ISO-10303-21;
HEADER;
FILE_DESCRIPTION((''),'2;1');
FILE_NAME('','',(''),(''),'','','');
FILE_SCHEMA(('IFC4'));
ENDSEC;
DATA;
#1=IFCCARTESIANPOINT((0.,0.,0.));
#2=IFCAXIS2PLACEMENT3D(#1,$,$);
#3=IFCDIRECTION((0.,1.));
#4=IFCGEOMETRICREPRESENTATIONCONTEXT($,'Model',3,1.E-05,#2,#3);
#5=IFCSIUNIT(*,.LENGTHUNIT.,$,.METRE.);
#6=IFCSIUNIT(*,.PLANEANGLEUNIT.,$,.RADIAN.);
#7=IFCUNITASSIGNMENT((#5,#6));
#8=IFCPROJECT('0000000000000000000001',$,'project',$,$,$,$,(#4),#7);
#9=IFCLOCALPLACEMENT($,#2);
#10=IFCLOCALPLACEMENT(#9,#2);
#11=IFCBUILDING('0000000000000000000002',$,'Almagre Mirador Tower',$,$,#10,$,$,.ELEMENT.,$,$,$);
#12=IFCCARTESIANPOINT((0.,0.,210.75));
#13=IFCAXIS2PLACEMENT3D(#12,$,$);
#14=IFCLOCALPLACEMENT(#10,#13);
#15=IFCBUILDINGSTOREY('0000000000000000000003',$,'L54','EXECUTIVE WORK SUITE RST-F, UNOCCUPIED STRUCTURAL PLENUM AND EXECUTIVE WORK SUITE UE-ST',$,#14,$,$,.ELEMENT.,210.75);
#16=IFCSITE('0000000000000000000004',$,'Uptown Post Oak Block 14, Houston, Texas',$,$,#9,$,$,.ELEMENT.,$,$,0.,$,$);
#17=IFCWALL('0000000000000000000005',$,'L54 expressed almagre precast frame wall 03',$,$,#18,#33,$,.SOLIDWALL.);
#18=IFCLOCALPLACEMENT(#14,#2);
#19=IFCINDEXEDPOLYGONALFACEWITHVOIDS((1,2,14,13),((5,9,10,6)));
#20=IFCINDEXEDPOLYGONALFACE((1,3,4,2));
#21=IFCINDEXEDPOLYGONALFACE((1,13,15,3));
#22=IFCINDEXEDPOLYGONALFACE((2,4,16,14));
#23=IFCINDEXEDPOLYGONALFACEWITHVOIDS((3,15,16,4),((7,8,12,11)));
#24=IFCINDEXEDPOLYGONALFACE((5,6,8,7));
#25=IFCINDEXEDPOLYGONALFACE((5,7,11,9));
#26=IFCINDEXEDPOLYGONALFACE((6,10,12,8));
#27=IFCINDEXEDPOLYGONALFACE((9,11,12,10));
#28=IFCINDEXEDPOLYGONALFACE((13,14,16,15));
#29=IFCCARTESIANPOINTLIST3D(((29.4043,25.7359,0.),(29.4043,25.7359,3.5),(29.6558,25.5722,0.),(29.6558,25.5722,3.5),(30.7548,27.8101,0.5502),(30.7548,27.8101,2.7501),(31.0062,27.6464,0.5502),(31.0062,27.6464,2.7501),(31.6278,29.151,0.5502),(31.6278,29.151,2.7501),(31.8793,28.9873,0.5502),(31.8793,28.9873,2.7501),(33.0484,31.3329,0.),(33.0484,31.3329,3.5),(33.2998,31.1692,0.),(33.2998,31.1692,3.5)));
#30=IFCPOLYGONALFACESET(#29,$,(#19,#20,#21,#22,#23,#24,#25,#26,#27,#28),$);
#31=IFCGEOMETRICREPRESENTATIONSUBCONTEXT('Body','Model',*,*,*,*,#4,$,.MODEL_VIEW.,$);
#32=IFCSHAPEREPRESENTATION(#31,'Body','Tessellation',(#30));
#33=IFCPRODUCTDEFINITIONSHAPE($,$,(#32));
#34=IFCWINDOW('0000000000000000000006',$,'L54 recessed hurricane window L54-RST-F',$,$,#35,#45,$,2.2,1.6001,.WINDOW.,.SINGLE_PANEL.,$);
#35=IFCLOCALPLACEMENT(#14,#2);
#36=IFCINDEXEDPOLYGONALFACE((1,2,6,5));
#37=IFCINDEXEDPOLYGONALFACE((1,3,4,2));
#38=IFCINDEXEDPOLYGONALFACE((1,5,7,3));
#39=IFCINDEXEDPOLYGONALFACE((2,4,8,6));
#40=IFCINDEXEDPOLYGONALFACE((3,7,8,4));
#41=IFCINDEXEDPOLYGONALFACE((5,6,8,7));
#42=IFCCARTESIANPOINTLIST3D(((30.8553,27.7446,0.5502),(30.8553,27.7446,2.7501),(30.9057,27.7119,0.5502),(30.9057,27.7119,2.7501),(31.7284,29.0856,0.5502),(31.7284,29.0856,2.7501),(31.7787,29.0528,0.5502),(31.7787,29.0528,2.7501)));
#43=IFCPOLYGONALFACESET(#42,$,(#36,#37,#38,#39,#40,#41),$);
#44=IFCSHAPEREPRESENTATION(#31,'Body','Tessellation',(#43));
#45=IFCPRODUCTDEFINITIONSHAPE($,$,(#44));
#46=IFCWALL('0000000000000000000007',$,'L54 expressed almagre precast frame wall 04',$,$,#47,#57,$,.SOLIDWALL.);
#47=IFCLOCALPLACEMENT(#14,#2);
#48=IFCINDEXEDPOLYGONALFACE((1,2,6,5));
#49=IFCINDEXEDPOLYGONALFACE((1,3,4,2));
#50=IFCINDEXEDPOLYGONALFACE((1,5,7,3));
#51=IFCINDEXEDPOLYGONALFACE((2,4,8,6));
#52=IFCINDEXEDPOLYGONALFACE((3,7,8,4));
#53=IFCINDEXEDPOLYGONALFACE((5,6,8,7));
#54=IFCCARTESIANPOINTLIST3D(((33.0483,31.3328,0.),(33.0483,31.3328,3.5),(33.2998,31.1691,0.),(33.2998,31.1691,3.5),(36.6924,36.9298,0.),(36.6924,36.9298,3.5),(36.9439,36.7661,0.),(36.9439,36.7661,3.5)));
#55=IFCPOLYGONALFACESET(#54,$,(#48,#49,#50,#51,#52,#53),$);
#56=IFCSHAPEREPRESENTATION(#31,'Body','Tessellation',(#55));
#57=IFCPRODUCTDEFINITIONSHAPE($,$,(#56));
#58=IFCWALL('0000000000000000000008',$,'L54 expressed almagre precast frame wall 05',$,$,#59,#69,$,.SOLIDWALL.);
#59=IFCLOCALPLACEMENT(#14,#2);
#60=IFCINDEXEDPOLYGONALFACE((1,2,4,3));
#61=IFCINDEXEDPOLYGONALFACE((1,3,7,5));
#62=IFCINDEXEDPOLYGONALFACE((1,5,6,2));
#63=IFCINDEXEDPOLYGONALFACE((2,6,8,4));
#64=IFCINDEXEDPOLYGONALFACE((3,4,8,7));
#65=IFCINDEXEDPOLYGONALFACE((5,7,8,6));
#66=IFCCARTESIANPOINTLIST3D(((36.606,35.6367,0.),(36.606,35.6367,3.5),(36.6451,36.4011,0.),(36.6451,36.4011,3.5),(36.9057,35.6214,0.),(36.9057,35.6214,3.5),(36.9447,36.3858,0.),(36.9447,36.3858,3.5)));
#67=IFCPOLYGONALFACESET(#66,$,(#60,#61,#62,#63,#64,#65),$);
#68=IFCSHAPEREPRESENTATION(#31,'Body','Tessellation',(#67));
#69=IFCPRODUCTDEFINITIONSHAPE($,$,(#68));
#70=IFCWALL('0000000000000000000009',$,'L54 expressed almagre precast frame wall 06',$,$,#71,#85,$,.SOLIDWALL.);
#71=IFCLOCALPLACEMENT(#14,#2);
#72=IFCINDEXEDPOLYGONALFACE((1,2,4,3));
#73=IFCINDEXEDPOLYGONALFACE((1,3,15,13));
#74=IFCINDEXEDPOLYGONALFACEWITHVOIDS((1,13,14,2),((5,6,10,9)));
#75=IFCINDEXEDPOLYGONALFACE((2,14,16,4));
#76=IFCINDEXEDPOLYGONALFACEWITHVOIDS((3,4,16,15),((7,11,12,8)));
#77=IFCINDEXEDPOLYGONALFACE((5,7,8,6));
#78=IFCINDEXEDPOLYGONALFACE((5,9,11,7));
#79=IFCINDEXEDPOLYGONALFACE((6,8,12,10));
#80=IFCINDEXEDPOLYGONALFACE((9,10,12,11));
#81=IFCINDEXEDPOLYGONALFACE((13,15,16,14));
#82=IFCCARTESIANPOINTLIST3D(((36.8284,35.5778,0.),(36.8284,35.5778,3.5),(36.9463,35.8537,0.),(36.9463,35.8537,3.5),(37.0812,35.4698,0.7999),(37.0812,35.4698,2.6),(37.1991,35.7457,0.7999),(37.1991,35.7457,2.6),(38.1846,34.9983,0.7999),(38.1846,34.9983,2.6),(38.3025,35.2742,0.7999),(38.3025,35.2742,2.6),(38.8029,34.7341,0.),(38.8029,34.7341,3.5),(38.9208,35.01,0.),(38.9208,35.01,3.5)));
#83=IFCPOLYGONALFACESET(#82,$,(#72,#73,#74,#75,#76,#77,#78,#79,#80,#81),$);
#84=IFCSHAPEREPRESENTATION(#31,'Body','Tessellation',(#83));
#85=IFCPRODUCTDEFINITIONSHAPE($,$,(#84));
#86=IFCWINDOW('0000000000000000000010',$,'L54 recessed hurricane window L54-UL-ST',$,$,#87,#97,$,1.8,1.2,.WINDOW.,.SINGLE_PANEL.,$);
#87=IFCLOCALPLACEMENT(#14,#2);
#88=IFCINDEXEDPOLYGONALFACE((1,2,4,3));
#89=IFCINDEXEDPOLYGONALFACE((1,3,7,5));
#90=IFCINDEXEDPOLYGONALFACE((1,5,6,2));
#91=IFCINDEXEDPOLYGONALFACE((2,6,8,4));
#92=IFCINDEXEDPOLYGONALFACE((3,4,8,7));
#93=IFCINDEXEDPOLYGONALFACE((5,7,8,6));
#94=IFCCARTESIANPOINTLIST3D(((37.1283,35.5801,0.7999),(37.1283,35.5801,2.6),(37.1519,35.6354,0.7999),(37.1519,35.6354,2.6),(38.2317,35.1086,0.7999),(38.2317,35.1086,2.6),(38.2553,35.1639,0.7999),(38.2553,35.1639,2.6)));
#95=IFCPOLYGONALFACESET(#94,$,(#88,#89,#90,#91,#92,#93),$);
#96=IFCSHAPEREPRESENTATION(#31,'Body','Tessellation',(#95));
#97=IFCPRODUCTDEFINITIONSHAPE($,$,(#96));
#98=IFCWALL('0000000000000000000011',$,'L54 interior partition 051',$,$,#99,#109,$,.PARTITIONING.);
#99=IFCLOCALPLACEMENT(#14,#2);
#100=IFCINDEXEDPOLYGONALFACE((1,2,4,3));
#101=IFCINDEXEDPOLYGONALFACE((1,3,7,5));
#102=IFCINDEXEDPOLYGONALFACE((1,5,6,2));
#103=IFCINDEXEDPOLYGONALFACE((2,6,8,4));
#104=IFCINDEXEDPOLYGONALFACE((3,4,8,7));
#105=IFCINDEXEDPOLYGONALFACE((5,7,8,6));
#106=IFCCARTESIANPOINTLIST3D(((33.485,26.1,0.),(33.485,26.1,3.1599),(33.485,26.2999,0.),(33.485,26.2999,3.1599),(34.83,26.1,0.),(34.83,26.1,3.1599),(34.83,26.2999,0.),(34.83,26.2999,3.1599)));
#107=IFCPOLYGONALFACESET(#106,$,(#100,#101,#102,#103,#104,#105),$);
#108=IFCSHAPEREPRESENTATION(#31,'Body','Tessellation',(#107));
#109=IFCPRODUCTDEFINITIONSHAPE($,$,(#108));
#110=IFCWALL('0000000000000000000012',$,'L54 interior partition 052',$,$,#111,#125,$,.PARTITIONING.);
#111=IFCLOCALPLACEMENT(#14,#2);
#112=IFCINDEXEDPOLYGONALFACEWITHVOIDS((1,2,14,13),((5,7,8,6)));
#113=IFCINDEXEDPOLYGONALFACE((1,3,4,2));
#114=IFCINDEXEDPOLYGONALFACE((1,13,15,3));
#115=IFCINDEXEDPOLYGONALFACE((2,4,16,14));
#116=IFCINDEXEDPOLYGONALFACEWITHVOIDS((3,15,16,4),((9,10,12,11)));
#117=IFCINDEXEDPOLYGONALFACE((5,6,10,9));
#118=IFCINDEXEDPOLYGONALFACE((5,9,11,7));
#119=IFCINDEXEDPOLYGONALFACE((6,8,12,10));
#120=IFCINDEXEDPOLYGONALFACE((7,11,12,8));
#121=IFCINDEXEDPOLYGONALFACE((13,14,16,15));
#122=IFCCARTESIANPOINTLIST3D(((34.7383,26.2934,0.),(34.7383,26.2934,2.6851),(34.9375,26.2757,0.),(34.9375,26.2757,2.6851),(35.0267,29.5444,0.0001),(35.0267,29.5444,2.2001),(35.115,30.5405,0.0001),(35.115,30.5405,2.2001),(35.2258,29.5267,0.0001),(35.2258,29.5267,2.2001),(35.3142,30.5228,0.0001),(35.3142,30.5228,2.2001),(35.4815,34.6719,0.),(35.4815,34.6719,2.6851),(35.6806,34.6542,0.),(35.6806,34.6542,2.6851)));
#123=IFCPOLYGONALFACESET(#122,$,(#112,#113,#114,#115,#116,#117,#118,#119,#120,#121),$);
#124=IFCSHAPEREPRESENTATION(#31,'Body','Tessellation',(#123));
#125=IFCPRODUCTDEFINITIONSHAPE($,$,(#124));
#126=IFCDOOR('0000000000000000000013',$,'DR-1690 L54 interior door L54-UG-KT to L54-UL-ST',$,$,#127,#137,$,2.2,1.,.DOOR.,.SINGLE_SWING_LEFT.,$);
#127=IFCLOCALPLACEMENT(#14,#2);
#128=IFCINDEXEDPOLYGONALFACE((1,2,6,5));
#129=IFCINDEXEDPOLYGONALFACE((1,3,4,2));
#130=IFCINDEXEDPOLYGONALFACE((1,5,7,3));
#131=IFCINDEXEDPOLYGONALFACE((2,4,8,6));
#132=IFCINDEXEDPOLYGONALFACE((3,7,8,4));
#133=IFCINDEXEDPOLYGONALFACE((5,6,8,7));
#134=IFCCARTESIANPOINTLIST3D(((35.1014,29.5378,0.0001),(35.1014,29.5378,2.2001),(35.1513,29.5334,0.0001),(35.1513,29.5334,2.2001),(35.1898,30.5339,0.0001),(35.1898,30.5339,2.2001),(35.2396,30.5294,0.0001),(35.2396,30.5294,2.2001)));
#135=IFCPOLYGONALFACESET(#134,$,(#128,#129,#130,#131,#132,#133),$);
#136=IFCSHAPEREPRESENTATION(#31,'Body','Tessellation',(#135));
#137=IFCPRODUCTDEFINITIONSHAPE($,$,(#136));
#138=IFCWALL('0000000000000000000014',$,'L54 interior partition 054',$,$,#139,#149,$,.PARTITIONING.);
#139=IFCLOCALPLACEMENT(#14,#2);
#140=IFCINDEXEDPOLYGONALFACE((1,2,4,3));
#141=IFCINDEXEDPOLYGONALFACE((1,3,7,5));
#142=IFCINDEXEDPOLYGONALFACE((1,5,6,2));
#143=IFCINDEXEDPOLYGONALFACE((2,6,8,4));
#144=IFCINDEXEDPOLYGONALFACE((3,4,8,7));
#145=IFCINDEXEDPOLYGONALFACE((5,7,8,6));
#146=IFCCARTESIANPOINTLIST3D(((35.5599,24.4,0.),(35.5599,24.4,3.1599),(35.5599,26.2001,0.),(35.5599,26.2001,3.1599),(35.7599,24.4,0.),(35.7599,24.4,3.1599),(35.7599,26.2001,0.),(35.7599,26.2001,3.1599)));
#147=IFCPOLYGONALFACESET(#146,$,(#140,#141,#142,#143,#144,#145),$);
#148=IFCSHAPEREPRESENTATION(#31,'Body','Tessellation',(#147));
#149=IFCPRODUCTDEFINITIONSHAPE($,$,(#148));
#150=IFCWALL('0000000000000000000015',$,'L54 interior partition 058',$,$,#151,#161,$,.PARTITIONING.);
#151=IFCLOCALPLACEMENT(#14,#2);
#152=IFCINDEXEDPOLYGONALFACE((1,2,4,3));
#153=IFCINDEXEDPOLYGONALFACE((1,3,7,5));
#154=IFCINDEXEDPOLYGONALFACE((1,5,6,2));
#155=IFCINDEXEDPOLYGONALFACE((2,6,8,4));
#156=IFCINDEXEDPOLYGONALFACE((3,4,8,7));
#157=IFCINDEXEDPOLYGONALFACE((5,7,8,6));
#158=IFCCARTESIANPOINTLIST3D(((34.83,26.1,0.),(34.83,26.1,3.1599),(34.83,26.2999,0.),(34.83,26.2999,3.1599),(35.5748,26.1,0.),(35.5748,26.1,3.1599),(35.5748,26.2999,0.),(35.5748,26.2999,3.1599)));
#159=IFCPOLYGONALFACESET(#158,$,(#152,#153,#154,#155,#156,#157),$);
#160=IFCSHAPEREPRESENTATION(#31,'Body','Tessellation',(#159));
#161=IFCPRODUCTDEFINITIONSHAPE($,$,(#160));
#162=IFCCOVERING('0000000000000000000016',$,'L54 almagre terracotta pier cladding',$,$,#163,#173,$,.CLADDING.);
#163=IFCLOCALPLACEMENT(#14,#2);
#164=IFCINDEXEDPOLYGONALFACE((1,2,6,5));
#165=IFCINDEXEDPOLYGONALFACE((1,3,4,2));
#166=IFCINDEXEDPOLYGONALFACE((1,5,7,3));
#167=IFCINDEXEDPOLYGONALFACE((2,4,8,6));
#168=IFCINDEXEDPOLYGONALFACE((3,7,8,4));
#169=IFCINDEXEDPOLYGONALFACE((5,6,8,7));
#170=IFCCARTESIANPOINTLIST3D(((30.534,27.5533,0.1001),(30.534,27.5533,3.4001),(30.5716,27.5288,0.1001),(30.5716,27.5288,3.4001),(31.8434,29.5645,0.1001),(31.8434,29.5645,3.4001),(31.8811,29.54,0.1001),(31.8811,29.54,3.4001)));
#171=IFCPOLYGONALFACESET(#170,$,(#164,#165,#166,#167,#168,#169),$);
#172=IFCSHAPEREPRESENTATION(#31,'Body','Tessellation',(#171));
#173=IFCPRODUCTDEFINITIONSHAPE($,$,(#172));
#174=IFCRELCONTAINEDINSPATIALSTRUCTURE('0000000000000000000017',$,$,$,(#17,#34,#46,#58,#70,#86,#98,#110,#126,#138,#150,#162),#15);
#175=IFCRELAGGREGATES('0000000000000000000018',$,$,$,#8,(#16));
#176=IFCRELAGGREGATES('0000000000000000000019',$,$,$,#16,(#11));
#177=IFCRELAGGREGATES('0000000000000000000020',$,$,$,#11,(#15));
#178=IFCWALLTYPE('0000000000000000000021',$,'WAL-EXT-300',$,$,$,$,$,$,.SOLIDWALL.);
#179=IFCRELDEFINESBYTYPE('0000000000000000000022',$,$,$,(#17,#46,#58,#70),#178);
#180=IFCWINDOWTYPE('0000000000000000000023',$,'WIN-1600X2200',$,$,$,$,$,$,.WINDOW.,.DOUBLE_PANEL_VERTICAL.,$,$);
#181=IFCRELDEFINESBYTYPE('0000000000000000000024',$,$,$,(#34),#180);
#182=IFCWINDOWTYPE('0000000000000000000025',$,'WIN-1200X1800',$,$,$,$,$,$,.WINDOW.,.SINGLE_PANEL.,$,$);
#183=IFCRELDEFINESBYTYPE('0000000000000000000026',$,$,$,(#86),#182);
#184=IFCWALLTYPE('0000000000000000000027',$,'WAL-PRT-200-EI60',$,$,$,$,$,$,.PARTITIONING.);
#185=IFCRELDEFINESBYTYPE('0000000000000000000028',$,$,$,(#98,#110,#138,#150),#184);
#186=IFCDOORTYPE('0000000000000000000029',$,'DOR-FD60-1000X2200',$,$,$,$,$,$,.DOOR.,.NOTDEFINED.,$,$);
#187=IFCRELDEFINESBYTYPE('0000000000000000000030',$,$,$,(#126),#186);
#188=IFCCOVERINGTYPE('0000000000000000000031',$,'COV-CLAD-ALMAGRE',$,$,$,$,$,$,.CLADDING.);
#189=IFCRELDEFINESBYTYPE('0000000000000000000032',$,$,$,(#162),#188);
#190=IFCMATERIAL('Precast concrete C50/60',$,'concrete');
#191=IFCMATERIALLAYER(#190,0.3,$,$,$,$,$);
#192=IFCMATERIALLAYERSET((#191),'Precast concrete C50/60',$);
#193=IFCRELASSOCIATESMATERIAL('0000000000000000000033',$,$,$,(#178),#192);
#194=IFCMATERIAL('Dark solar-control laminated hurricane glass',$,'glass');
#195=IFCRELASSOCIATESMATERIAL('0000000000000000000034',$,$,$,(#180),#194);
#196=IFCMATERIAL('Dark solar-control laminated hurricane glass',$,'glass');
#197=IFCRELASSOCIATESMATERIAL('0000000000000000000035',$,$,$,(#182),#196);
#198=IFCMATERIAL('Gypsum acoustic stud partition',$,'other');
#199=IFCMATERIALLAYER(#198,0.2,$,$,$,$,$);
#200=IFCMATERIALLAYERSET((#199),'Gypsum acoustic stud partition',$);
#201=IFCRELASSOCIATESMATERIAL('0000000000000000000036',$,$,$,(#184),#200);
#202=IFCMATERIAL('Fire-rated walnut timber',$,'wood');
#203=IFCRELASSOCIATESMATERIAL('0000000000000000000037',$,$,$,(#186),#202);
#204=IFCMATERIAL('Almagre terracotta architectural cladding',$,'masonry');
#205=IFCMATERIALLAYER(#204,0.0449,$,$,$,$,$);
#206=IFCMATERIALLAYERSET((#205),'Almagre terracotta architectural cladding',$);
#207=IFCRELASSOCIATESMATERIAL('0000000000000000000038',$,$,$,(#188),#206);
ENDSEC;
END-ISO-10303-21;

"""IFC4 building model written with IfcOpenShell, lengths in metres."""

from ifc_helpers import new_model, si_unit, direction, frame, frame_2d, origin, origin_2d, place, context, subcontext, project, spatial, rectangle, extrude, material, layer, layer_set, type_object, element, fill, save


model = new_model("IFC4")

# Units and contexts
model_context = context("Model", 3, precision=1e-05, world=origin(), true_north=direction((0.0, 1.0)))
body_context = subcontext(model_context, "Body", "Model", "MODEL_VIEW")
ifc_project = project(units=[si_unit("LENGTHUNIT", "METRE"), si_unit("PLANEANGLEUNIT", "RADIAN")], contexts=[model_context])

# Site, building, storey
site_placement = place(None, origin())
site = spatial("IfcSite", under=ifc_project, at=site_placement, Name="Uptown Post Oak Block 14, Houston, Texas", CompositionType="ELEMENT", RefElevation=0.0)
building_placement = place(site_placement, origin())
building = spatial("IfcBuilding", under=site, at=building_placement, Name="Almagre Mirador Tower", CompositionType="ELEMENT")
storey_placement = place(building_placement, frame((0.0, 0.0, 210.75)))
storey = spatial("IfcBuildingStorey", under=building, at=storey_placement, Name="L54", Description="EXECUTIVE WORK SUITE RST-F, UNOCCUPIED STRUCTURAL PLENUM AND EXECUTIVE WORK SUITE UE-ST", CompositionType="ELEMENT", Elevation=210.75)

# Wall, opening, window
ifc_material_1 = material(Name="Precast concrete C50/60", Category="concrete")
ifc_layer_1 = layer(ifc_material_1, 0.3)
ifc_layer_set_1 = layer_set([ifc_layer_1], Name="Precast concrete C50/60")
wall_type_1 = type_object("IfcWallType", Name="WAL-EXT-300", PredefinedType="SOLIDWALL", material=ifc_layer_set_1)
wall_1_placement = place(storey_placement, frame((29.53, 25.6541, 0.0), z_axis=(0.0, 0.0, 1.0), x_axis=(0.545624, 0.83803, 0.0)))
wall_1 = element("IfcWall", 1, at=wall_1_placement, inside=storey, type_object=wall_type_1, Name="L54 expressed almagre precast frame wall 03", PredefinedType="SOLIDWALL", context=body_context, shape_type="SweptSolid", body=[
    extrude(rectangle(XDim=6.6787, YDim=0.3, at=frame_2d((3.3394, 0.0))), origin(), (0.0, 0.0, 1.0), 3.5),
])
opening_1_placement = place(wall_1_placement, frame((2.4751, 0.0, 0.55)))
opening_1 = element("IfcOpeningElement", 2, at=opening_1_placement, cuts=wall_1, PredefinedType="OPENING", context=body_context, shape_type="SweptSolid", body=[
    extrude(rectangle(XDim=1.6001, YDim=2.2, at=frame_2d((0.8, 1.1001))), frame((0.0, 0.1599, 0.0), z_axis=(0.0, -1.0, 0.0), x_axis=(1.0, 0.0, 0.0)), (0.0, 0.0, 1.0), 0.32),
])
ifc_material_2 = material(Name="Dark solar-control laminated hurricane glass", Category="glass")
window_type_1 = type_object("IfcWindowType", Name="WIN-1600X2200", PartitioningType="DOUBLE_PANEL_VERTICAL", PredefinedType="WINDOW", material=ifc_material_2)
window_1_placement = place(opening_1_placement, origin())
window_1 = element("IfcWindow", 3, at=window_1_placement, inside=storey, type_object=window_type_1, Name="L54 recessed hurricane window L54-RST-F", OverallHeight=2.2, OverallWidth=1.6001, PartitioningType="SINGLE_PANEL", PredefinedType="WINDOW", context=body_context, shape_type="SweptSolid", body=[
    extrude(rectangle(XDim=1.6001, YDim=2.2, at=frame_2d((0.8, 1.1001))), frame((0.0, 0.03, 0.0), z_axis=(0.0, -1.0, 0.0), x_axis=(1.0, 0.0, 0.0)), (0.0, 0.0, 1.0), 0.0601),
])
fill(opening_1, window_1)

# Walls
wall_2_placement = place(storey_placement, frame((33.1741, 31.251, 0.0), z_axis=(0.0, 0.0, 1.0), x_axis=(0.545624, 0.83803, 0.0)))
element("IfcWall", 4, at=wall_2_placement, inside=storey, type_object=wall_type_1, Name="L54 expressed almagre precast frame wall 04", PredefinedType="SOLIDWALL", context=body_context, shape_type="SweptSolid", body=[
    extrude(rectangle(XDim=6.6787, YDim=0.3, at=frame_2d((3.3394, 0.0))), origin(), (0.0, 0.0, 1.0), 3.5),
])
wall_3_placement = place(storey_placement, frame((36.7949, 36.3936, 0.0), z_axis=(0.0, 0.0, 1.0), x_axis=(-0.051035, -0.998697, 0.0)))
element("IfcWall", 5, at=wall_3_placement, inside=storey, type_object=wall_type_1, Name="L54 expressed almagre precast frame wall 05", PredefinedType="SOLIDWALL", context=body_context, shape_type="SweptSolid", body=[
    extrude(rectangle(XDim=0.7654, YDim=0.3, at=frame_2d((0.3828, 0.0))), origin(), (0.0, 0.0, 1.0), 3.5),
])

# Wall, opening, window
wall_4_placement = place(storey_placement, frame((36.8872, 35.7158, 0.0), z_axis=(0.0, 0.0, 1.0), x_axis=(0.919568, -0.392931, 0.0)))
wall_4 = element("IfcWall", 6, at=wall_4_placement, inside=storey, type_object=wall_type_1, Name="L54 expressed almagre precast frame wall 06", PredefinedType="SOLIDWALL", context=body_context, shape_type="SweptSolid", body=[
    extrude(rectangle(XDim=2.1472, YDim=0.3, at=frame_2d((1.0737, 0.0))), origin(), (0.0, 0.0, 1.0), 3.5),
])
opening_2_placement = place(wall_4_placement, frame((0.2749, 0.0, 0.8)))
opening_2 = element("IfcOpeningElement", 7, at=opening_2_placement, cuts=wall_4, PredefinedType="OPENING", context=body_context, shape_type="SweptSolid", body=[
    extrude(rectangle(XDim=1.2, YDim=1.8, at=frame_2d((0.6001, 0.8999))), frame((0.0, 0.1599, 0.0), z_axis=(0.0, -1.0, 0.0), x_axis=(1.0, 0.0, 0.0)), (0.0, 0.0, 1.0), 0.32),
])
ifc_material_3 = material(Name="Dark solar-control laminated hurricane glass", Category="glass")
window_type_2 = type_object("IfcWindowType", Name="WIN-1200X1800", PartitioningType="SINGLE_PANEL", PredefinedType="WINDOW", material=ifc_material_3)
window_2_placement = place(opening_2_placement, origin())
window_2 = element("IfcWindow", 8, at=window_2_placement, inside=storey, type_object=window_type_2, Name="L54 recessed hurricane window L54-UL-ST", OverallHeight=1.8, OverallWidth=1.2, PartitioningType="SINGLE_PANEL", PredefinedType="WINDOW", context=body_context, shape_type="SweptSolid", body=[
    extrude(rectangle(XDim=1.2, YDim=1.8, at=frame_2d((0.6001, 0.8999))), frame((0.0, 0.03, 0.0), z_axis=(0.0, -1.0, 0.0), x_axis=(1.0, 0.0, 0.0)), (0.0, 0.0, 1.0), 0.0601),
])
fill(opening_2, window_2)

# Wall
ifc_material_4 = material(Name="Gypsum acoustic stud partition", Category="other")
ifc_layer_2 = layer(ifc_material_4, 0.2)
ifc_layer_set_2 = layer_set([ifc_layer_2], Name="Gypsum acoustic stud partition")
wall_type_2 = type_object("IfcWallType", Name="WAL-PRT-200-EI60", PredefinedType="PARTITIONING", material=ifc_layer_set_2)
wall_5_placement = place(storey_placement, frame((33.4851, 26.2, 0.0), z_axis=(0.0, 0.0, 1.0), x_axis=(1.0, 0.0, 0.0)))
element("IfcWall", 9, at=wall_5_placement, inside=storey, type_object=wall_type_2, Name="L54 interior partition 051", PredefinedType="PARTITIONING", context=body_context, shape_type="SweptSolid", body=[
    extrude(rectangle(XDim=1.345, YDim=0.2, at=frame_2d((0.6724, 0.0))), origin(), (0.0, 0.0, 1.0), 3.1599),
])

# Wall, opening, door
wall_6_placement = place(storey_placement, frame((34.8379, 26.2847, 0.0), z_axis=(0.0, 0.0, 1.0), x_axis=(0.088353, 0.996089, 0.0)))
wall_6 = element("IfcWall", 10, at=wall_6_placement, inside=storey, type_object=wall_type_2, Name="L54 interior partition 052", PredefinedType="PARTITIONING", context=body_context, shape_type="SweptSolid", body=[
    extrude(rectangle(XDim=8.4114, YDim=0.2, at=frame_2d((4.2056, 0.0))), origin(), (0.0, 0.0, 1.0), 2.6851),
])
opening_3_placement = place(wall_6_placement, frame((3.2637, 0.0, 0.0)))
opening_3 = element("IfcOpeningElement", 11, at=opening_3_placement, cuts=wall_6, PredefinedType="OPENING", context=body_context, shape_type="SweptSolid", body=[
    extrude(rectangle(XDim=1.0, YDim=2.2, at=frame_2d((0.5, 1.1001))), frame((0.0, 0.1101, 0.0), z_axis=(0.0, -1.0, 0.0), x_axis=(1.0, 0.0, 0.0)), (0.0, 0.0, 1.0), 0.22),
])
ifc_material_5 = material(Name="Fire-rated walnut timber", Category="wood")
door_type = type_object("IfcDoorType", Name="DOR-FD60-1000X2200", OperationType="NOTDEFINED", PredefinedType="DOOR", material=ifc_material_5)
door_placement = place(opening_3_placement, origin())
door = element("IfcDoor", 12, at=door_placement, inside=storey, type_object=door_type, Name="DR-1690 L54 interior door L54-UG-KT to L54-UL-ST", OperationType="SINGLE_SWING_LEFT", OverallHeight=2.2, OverallWidth=1.0, PredefinedType="DOOR", context=body_context, shape_type="SweptSolid", body=[
    extrude(rectangle(XDim=1.0, YDim=2.2, at=frame_2d((0.5, 1.1001))), frame((0.0, 0.0249, 0.0), z_axis=(0.0, -1.0, 0.0), x_axis=(1.0, 0.0, 0.0)), (0.0, 0.0, 1.0), 0.05),
])
fill(opening_3, door)

# Walls
wall_7_placement = place(storey_placement, frame((35.6599, 26.2, 0.0), z_axis=(0.0, 0.0, 1.0), x_axis=(0.0, -1.0, 0.0)))
element("IfcWall", 13, at=wall_7_placement, inside=storey, type_object=wall_type_2, Name="L54 interior partition 054", PredefinedType="PARTITIONING", context=body_context, shape_type="SweptSolid", body=[
    extrude(rectangle(XDim=1.8, YDim=0.2, at=frame_2d((0.8999, 0.0))), origin(), (0.0, 0.0, 1.0), 3.1599),
])
wall_8_placement = place(storey_placement, frame((35.575, 26.2, 0.0), z_axis=(0.0, 0.0, 1.0), x_axis=(-1.0, 0.0, 0.0)))
element("IfcWall", 14, at=wall_8_placement, inside=storey, type_object=wall_type_2, Name="L54 interior partition 058", PredefinedType="PARTITIONING", context=body_context, shape_type="SweptSolid", body=[
    extrude(rectangle(XDim=0.7449, YDim=0.2, at=frame_2d((0.3726, 0.0))), origin(), (0.0, 0.0, 1.0), 3.1599),
])

# Covering
ifc_material_6 = material(Name="Almagre terracotta architectural cladding", Category="masonry")
ifc_layer_3 = layer(ifc_material_6, 0.0449)
ifc_layer_set_3 = layer_set([ifc_layer_3], Name="Almagre terracotta architectural cladding")
covering_type = type_object("IfcCoveringType", Name="COV-CLAD-ALMAGRE", PredefinedType="CLADDING", material=ifc_layer_set_3)
for number, where, z_axis, x_axis, name in (
    (15, (31.2075, 28.5466, 0.1001), (0.0, 0.0, 1.0), (0.545619, 0.838033, 0.0), "L54 almagre terracotta pier cladding"),
):
    element("IfcCovering", number, at=place(storey_placement, frame(where, z_axis=z_axis, x_axis=x_axis)), inside=storey, type_object=covering_type, Name=name, PredefinedType="CLADDING", context=body_context, shape_type="SweptSolid", body=[
        extrude(rectangle(XDim=2.3999, YDim=0.0449, at=origin_2d()), origin(), (0.0, 0.0, 1.0), 3.3),
    ])

save(model, "model.ifc")
